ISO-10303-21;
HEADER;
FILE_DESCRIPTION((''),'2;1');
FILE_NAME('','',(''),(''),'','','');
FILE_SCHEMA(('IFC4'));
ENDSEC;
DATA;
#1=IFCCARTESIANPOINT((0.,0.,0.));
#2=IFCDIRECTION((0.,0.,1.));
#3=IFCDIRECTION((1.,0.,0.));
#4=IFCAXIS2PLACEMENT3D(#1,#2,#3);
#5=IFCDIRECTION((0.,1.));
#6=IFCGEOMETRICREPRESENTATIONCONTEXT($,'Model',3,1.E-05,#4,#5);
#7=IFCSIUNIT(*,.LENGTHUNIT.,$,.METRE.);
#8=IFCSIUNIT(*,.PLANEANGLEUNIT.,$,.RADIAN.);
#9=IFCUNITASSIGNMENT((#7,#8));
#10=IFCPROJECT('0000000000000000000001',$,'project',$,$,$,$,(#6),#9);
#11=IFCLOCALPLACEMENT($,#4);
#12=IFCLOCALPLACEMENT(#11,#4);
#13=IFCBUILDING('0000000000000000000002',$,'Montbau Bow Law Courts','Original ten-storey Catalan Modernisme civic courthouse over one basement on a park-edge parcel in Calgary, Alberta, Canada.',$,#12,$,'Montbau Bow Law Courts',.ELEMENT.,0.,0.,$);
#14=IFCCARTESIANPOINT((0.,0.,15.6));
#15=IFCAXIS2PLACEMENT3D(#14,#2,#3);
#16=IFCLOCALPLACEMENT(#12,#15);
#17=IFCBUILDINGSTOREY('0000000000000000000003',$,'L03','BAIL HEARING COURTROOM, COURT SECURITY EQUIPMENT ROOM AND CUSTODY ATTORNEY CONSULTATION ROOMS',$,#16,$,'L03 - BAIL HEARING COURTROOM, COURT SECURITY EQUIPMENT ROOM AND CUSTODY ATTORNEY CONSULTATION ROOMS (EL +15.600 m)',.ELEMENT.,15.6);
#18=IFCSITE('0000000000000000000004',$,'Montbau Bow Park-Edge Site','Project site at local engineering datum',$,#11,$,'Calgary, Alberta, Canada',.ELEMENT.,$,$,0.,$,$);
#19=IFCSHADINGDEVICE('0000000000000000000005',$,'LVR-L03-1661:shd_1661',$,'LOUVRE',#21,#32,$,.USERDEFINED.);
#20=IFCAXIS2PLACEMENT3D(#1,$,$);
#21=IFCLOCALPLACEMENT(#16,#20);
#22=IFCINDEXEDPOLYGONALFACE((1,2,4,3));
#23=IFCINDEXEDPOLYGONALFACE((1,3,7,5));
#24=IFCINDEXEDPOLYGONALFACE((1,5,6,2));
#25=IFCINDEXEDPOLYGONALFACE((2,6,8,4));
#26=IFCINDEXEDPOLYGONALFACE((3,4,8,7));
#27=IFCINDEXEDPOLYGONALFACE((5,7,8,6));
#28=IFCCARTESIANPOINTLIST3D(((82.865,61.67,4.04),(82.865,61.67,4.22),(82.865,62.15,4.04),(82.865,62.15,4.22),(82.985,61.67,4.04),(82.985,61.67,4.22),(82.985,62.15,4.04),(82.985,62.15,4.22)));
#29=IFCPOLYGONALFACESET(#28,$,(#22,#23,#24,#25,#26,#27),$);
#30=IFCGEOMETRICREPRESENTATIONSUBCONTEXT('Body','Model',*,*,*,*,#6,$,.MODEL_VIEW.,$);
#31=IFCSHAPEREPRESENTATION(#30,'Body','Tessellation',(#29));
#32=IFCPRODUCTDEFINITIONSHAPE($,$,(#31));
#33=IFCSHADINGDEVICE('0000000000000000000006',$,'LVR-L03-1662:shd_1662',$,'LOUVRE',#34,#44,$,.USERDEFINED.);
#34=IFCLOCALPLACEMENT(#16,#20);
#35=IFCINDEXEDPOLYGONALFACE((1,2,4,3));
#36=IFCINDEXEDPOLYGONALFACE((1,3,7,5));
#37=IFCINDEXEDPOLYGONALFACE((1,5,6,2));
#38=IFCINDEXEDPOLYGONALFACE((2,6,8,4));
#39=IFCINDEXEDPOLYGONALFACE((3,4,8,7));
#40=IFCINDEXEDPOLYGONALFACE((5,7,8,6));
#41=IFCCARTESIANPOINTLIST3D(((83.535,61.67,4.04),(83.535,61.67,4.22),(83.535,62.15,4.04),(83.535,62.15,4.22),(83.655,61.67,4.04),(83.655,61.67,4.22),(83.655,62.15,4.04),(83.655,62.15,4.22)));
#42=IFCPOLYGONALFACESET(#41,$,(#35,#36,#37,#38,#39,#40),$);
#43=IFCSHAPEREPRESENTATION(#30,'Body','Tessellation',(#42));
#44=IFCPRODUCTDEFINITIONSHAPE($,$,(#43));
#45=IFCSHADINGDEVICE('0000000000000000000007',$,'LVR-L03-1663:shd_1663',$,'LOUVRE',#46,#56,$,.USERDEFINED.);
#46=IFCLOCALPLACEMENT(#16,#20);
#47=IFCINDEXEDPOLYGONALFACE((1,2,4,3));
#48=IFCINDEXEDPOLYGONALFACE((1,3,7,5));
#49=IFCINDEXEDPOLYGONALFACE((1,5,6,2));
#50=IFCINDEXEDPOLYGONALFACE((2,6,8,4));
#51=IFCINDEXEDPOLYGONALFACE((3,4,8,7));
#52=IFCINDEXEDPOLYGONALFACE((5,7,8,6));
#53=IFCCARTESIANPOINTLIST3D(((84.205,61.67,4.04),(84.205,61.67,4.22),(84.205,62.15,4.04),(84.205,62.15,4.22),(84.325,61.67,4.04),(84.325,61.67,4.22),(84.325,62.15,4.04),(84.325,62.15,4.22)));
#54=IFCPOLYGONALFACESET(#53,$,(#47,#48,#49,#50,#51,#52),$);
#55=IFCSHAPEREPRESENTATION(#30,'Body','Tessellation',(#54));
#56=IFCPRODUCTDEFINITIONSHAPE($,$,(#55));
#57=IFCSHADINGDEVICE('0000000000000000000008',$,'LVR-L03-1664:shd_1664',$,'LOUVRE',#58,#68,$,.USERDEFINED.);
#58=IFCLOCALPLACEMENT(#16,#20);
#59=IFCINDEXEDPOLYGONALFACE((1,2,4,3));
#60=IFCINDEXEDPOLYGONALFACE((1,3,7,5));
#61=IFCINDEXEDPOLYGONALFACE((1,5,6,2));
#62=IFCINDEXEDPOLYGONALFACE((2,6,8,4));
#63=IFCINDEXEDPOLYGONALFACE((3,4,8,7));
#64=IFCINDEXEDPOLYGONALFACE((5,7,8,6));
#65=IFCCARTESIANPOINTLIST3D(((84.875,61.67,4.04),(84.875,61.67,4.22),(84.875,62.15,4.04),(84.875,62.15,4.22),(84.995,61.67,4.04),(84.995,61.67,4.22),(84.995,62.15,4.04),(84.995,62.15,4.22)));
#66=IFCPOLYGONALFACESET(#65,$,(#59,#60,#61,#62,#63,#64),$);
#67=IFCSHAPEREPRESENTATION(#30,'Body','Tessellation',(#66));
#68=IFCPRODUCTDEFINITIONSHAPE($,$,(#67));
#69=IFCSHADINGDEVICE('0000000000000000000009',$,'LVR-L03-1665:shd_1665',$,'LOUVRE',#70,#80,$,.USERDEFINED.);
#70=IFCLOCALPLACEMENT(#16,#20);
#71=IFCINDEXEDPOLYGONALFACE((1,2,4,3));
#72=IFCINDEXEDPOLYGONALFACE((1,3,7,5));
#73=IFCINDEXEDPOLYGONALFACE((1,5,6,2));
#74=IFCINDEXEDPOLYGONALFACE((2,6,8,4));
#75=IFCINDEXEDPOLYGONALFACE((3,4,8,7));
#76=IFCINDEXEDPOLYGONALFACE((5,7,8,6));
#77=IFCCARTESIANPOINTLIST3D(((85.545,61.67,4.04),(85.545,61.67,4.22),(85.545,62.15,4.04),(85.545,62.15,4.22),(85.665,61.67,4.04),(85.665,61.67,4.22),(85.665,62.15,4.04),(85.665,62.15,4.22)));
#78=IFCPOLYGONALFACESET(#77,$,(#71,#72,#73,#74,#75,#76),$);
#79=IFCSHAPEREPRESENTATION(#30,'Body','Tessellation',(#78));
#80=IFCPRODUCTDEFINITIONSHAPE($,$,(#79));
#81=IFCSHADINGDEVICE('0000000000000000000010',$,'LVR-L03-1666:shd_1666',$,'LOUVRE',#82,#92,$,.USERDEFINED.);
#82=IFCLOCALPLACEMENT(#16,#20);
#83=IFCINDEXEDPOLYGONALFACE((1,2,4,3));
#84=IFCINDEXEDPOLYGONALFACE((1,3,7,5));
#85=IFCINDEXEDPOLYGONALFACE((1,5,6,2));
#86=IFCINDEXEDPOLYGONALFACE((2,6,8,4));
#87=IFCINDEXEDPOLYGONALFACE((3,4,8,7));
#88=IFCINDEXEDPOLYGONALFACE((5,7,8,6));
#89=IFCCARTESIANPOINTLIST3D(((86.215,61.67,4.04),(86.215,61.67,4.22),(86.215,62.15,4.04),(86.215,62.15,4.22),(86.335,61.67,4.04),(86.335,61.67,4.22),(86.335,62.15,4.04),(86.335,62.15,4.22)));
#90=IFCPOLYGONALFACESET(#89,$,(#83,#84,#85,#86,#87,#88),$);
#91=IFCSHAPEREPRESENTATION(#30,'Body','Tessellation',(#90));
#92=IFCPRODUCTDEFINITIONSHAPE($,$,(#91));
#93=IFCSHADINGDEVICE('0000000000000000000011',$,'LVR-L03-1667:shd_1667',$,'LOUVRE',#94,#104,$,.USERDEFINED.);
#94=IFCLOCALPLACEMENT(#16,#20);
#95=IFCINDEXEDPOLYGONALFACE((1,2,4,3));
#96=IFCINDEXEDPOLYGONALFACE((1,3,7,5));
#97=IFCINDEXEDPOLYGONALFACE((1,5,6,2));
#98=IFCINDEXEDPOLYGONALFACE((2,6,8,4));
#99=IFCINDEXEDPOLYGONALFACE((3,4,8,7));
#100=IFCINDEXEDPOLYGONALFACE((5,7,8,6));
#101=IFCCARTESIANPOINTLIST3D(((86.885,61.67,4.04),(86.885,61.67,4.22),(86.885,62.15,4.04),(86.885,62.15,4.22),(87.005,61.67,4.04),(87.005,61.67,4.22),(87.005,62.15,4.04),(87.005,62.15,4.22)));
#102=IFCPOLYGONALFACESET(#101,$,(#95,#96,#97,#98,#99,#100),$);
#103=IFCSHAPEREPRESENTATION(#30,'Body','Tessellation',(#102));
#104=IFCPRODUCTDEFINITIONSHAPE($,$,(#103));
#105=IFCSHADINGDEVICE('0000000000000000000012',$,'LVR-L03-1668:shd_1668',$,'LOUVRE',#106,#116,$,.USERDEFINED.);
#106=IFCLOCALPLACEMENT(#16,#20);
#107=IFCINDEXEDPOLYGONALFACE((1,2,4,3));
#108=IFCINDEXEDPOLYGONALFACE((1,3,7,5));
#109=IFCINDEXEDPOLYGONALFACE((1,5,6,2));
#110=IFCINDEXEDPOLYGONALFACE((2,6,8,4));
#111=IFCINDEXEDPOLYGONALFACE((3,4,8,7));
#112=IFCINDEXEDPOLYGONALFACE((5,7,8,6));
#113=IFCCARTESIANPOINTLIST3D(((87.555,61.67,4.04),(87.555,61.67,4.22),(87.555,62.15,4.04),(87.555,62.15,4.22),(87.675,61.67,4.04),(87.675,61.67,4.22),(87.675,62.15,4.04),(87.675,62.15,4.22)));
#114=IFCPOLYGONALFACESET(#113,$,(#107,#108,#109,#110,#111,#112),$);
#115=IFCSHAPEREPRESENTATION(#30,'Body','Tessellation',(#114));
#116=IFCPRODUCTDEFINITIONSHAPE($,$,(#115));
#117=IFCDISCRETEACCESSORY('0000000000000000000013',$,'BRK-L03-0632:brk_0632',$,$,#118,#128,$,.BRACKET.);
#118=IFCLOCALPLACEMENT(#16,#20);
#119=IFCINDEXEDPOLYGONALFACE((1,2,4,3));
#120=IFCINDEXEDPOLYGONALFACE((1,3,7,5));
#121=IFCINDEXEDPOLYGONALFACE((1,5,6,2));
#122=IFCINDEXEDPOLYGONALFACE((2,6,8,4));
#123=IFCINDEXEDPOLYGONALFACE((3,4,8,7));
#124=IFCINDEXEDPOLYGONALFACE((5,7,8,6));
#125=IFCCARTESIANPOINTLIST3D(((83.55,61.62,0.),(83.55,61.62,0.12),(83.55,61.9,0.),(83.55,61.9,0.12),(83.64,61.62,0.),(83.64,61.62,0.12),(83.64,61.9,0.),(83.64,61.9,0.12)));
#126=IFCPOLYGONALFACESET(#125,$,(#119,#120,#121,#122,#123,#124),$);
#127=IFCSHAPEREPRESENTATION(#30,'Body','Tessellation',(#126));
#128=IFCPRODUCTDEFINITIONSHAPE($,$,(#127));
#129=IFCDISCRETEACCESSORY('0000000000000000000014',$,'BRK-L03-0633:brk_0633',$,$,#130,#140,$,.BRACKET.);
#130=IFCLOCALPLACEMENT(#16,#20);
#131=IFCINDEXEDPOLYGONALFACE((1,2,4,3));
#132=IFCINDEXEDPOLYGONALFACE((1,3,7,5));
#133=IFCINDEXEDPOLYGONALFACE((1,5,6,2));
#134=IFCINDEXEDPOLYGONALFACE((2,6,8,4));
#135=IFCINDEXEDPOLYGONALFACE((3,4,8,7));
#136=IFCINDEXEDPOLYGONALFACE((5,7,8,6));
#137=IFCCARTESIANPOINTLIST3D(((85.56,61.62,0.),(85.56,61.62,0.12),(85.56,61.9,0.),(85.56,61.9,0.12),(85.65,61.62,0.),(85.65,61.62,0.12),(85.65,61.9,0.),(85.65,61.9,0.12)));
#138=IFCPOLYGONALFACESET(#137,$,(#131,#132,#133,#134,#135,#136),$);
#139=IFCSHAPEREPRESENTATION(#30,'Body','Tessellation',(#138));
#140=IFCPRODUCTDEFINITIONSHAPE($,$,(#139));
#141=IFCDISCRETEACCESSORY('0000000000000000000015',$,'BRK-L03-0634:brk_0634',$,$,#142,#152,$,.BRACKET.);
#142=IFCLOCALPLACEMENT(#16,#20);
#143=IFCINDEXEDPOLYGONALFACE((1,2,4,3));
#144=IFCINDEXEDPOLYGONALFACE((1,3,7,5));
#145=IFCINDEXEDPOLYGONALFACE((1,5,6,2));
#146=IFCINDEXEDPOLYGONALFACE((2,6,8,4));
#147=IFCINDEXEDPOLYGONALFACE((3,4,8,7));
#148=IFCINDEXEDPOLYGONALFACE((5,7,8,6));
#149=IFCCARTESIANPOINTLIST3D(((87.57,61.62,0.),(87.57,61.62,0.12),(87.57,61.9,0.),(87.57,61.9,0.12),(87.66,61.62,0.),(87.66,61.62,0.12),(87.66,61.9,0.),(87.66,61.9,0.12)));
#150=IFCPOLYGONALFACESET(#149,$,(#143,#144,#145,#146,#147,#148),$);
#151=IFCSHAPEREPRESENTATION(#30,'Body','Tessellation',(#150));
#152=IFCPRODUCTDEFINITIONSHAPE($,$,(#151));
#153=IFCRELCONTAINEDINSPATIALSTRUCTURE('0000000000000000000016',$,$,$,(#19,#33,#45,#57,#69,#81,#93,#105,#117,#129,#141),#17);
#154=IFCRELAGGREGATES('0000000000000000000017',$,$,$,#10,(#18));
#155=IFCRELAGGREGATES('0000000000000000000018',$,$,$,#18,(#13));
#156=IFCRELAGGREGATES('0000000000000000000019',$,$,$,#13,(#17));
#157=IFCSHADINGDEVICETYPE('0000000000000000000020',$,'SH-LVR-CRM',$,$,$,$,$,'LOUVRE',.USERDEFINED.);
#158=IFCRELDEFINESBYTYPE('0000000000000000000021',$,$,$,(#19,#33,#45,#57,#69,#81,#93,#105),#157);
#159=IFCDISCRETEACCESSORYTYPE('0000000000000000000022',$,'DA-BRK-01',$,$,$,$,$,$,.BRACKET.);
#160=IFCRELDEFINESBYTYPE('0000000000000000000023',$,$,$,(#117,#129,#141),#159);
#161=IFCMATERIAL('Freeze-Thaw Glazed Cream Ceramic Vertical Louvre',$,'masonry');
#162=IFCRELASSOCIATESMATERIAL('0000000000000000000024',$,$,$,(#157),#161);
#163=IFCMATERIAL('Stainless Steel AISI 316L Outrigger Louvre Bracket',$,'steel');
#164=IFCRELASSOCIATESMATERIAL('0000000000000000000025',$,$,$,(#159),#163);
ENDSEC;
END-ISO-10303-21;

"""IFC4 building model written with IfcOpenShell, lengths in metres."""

from ifc_helpers import new_model, si_unit, direction, frame, origin_with_axes, origin_2d_with_axis, place, context, subcontext, project, spatial, rectangle, extrude, material, type_object, element, save


model = new_model("IFC4")

# Units and contexts
model_context = context("Model", 3, precision=1e-05, world=origin_with_axes(), true_north=direction((0.0, 1.0)))
body_context = subcontext(model_context, "Body", "Model", "MODEL_VIEW")
ifc_project = project(units=[si_unit("LENGTHUNIT", "METRE"), si_unit("PLANEANGLEUNIT", "RADIAN")], contexts=[model_context])

# Site, building, storey
site_placement = place(None, origin_with_axes())
site = spatial("IfcSite", under=ifc_project, at=site_placement, Name="Montbau Bow Park-Edge Site", Description="Project site at local engineering datum", LongName="Calgary, Alberta, Canada", CompositionType="ELEMENT", RefElevation=0.0)
building_placement = place(site_placement, origin_with_axes())
building = spatial("IfcBuilding", under=site, at=building_placement, Name="Montbau Bow Law Courts", Description="Original ten-storey Catalan Modernisme civic courthouse over one basement on a park-edge parcel in Calgary, Alberta, Canada.", LongName="Montbau Bow Law Courts", CompositionType="ELEMENT", ElevationOfRefHeight=0.0, ElevationOfTerrain=0.0)
storey_placement = place(building_placement, frame((0.0, 0.0, 15.6), z_axis=(0.0, 0.0, 1.0), x_axis=(1.0, 0.0, 0.0)))
storey = spatial("IfcBuildingStorey", under=building, at=storey_placement, Name="L03", Description="BAIL HEARING COURTROOM, COURT SECURITY EQUIPMENT ROOM AND CUSTODY ATTORNEY CONSULTATION ROOMS", LongName="L03 - BAIL HEARING COURTROOM, COURT SECURITY EQUIPMENT ROOM AND CUSTODY ATTORNEY CONSULTATION ROOMS (EL +15.600 m)", CompositionType="ELEMENT", Elevation=15.6)

# Shading devices
ifc_material_1 = material(Name="Freeze-Thaw Glazed Cream Ceramic Vertical Louvre", Category="masonry")
shading_device_type = type_object("IfcShadingDeviceType", Name="SH-LVR-CRM", ElementType="LOUVRE", PredefinedType="USERDEFINED", material=ifc_material_1)
for number, where, z_axis, x_axis, name in (
    (1, (82.925, 61.91, 19.64), (0.0, 0.0, 1.0), (0.0, 1.0, 0.0), "LVR-L03-1661:shd_1661"),
    (2, (83.595, 61.91, 19.64), (0.0, 0.0, 1.0), (0.0, 1.0, 0.0), "LVR-L03-1662:shd_1662"),
    (3, (84.265, 61.91, 19.64), (0.0, 0.0, 1.0), (0.0, 1.0, 0.0), "LVR-L03-1663:shd_1663"),
    (4, (84.935, 61.91, 19.64), (0.0, 0.0, 1.0), (0.0, 1.0, 0.0), "LVR-L03-1664:shd_1664"),
    (5, (85.605, 61.91, 19.64), (0.0, 0.0, 1.0), (0.0, 1.0, 0.0), "LVR-L03-1665:shd_1665"),
    (6, (86.275, 61.91, 19.64), (0.0, 0.0, 1.0), (0.0, 1.0, 0.0), "LVR-L03-1666:shd_1666"),
    (7, (86.945, 61.91, 19.64), (0.0, 0.0, 1.0), (0.0, 1.0, 0.0), "LVR-L03-1667:shd_1667"),
    (8, (87.615, 61.91, 19.64), (0.0, 0.0, 1.0), (0.0, 1.0, 0.0), "LVR-L03-1668:shd_1668"),
):
    element("IfcShadingDevice", number, at=place(None, frame(where, z_axis=z_axis, x_axis=x_axis)), inside=storey, type_object=shading_device_type, Name=name, ObjectType="LOUVRE", PredefinedType="USERDEFINED", context=body_context, shape_type="SweptSolid", body=[
        extrude(rectangle(XDim=0.48, YDim=0.12, at=origin_2d_with_axis()), origin_with_axes(), (0.0, 0.0, 1.0), 0.18),
    ])

# Discrete accessories
ifc_material_2 = material(Name="Stainless Steel AISI 316L Outrigger Louvre Bracket", Category="steel")
discrete_accessory_type = type_object("IfcDiscreteAccessoryType", Name="DA-BRK-01", PredefinedType="BRACKET", material=ifc_material_2)
for number, where, z_axis, x_axis, name in (
    (9, (83.595, 61.76, 15.6), (0.0, 0.0, 1.0), (0.0, 1.0, 0.0), "BRK-L03-0632:brk_0632"),
    (10, (85.605, 61.76, 15.6), (0.0, 0.0, 1.0), (0.0, 1.0, 0.0), "BRK-L03-0633:brk_0633"),
    (11, (87.615, 61.76, 15.6), (0.0, 0.0, 1.0), (0.0, 1.0, 0.0), "BRK-L03-0634:brk_0634"),
):
    element("IfcDiscreteAccessory", number, at=place(None, frame(where, z_axis=z_axis, x_axis=x_axis)), inside=storey, type_object=discrete_accessory_type, Name=name, PredefinedType="BRACKET", context=body_context, shape_type="SweptSolid", body=[
        extrude(rectangle(XDim=0.28, YDim=0.09, at=origin_2d_with_axis()), origin_with_axes(), (0.0, 0.0, 1.0), 0.12),
    ])

save(model, "model.ifc")
